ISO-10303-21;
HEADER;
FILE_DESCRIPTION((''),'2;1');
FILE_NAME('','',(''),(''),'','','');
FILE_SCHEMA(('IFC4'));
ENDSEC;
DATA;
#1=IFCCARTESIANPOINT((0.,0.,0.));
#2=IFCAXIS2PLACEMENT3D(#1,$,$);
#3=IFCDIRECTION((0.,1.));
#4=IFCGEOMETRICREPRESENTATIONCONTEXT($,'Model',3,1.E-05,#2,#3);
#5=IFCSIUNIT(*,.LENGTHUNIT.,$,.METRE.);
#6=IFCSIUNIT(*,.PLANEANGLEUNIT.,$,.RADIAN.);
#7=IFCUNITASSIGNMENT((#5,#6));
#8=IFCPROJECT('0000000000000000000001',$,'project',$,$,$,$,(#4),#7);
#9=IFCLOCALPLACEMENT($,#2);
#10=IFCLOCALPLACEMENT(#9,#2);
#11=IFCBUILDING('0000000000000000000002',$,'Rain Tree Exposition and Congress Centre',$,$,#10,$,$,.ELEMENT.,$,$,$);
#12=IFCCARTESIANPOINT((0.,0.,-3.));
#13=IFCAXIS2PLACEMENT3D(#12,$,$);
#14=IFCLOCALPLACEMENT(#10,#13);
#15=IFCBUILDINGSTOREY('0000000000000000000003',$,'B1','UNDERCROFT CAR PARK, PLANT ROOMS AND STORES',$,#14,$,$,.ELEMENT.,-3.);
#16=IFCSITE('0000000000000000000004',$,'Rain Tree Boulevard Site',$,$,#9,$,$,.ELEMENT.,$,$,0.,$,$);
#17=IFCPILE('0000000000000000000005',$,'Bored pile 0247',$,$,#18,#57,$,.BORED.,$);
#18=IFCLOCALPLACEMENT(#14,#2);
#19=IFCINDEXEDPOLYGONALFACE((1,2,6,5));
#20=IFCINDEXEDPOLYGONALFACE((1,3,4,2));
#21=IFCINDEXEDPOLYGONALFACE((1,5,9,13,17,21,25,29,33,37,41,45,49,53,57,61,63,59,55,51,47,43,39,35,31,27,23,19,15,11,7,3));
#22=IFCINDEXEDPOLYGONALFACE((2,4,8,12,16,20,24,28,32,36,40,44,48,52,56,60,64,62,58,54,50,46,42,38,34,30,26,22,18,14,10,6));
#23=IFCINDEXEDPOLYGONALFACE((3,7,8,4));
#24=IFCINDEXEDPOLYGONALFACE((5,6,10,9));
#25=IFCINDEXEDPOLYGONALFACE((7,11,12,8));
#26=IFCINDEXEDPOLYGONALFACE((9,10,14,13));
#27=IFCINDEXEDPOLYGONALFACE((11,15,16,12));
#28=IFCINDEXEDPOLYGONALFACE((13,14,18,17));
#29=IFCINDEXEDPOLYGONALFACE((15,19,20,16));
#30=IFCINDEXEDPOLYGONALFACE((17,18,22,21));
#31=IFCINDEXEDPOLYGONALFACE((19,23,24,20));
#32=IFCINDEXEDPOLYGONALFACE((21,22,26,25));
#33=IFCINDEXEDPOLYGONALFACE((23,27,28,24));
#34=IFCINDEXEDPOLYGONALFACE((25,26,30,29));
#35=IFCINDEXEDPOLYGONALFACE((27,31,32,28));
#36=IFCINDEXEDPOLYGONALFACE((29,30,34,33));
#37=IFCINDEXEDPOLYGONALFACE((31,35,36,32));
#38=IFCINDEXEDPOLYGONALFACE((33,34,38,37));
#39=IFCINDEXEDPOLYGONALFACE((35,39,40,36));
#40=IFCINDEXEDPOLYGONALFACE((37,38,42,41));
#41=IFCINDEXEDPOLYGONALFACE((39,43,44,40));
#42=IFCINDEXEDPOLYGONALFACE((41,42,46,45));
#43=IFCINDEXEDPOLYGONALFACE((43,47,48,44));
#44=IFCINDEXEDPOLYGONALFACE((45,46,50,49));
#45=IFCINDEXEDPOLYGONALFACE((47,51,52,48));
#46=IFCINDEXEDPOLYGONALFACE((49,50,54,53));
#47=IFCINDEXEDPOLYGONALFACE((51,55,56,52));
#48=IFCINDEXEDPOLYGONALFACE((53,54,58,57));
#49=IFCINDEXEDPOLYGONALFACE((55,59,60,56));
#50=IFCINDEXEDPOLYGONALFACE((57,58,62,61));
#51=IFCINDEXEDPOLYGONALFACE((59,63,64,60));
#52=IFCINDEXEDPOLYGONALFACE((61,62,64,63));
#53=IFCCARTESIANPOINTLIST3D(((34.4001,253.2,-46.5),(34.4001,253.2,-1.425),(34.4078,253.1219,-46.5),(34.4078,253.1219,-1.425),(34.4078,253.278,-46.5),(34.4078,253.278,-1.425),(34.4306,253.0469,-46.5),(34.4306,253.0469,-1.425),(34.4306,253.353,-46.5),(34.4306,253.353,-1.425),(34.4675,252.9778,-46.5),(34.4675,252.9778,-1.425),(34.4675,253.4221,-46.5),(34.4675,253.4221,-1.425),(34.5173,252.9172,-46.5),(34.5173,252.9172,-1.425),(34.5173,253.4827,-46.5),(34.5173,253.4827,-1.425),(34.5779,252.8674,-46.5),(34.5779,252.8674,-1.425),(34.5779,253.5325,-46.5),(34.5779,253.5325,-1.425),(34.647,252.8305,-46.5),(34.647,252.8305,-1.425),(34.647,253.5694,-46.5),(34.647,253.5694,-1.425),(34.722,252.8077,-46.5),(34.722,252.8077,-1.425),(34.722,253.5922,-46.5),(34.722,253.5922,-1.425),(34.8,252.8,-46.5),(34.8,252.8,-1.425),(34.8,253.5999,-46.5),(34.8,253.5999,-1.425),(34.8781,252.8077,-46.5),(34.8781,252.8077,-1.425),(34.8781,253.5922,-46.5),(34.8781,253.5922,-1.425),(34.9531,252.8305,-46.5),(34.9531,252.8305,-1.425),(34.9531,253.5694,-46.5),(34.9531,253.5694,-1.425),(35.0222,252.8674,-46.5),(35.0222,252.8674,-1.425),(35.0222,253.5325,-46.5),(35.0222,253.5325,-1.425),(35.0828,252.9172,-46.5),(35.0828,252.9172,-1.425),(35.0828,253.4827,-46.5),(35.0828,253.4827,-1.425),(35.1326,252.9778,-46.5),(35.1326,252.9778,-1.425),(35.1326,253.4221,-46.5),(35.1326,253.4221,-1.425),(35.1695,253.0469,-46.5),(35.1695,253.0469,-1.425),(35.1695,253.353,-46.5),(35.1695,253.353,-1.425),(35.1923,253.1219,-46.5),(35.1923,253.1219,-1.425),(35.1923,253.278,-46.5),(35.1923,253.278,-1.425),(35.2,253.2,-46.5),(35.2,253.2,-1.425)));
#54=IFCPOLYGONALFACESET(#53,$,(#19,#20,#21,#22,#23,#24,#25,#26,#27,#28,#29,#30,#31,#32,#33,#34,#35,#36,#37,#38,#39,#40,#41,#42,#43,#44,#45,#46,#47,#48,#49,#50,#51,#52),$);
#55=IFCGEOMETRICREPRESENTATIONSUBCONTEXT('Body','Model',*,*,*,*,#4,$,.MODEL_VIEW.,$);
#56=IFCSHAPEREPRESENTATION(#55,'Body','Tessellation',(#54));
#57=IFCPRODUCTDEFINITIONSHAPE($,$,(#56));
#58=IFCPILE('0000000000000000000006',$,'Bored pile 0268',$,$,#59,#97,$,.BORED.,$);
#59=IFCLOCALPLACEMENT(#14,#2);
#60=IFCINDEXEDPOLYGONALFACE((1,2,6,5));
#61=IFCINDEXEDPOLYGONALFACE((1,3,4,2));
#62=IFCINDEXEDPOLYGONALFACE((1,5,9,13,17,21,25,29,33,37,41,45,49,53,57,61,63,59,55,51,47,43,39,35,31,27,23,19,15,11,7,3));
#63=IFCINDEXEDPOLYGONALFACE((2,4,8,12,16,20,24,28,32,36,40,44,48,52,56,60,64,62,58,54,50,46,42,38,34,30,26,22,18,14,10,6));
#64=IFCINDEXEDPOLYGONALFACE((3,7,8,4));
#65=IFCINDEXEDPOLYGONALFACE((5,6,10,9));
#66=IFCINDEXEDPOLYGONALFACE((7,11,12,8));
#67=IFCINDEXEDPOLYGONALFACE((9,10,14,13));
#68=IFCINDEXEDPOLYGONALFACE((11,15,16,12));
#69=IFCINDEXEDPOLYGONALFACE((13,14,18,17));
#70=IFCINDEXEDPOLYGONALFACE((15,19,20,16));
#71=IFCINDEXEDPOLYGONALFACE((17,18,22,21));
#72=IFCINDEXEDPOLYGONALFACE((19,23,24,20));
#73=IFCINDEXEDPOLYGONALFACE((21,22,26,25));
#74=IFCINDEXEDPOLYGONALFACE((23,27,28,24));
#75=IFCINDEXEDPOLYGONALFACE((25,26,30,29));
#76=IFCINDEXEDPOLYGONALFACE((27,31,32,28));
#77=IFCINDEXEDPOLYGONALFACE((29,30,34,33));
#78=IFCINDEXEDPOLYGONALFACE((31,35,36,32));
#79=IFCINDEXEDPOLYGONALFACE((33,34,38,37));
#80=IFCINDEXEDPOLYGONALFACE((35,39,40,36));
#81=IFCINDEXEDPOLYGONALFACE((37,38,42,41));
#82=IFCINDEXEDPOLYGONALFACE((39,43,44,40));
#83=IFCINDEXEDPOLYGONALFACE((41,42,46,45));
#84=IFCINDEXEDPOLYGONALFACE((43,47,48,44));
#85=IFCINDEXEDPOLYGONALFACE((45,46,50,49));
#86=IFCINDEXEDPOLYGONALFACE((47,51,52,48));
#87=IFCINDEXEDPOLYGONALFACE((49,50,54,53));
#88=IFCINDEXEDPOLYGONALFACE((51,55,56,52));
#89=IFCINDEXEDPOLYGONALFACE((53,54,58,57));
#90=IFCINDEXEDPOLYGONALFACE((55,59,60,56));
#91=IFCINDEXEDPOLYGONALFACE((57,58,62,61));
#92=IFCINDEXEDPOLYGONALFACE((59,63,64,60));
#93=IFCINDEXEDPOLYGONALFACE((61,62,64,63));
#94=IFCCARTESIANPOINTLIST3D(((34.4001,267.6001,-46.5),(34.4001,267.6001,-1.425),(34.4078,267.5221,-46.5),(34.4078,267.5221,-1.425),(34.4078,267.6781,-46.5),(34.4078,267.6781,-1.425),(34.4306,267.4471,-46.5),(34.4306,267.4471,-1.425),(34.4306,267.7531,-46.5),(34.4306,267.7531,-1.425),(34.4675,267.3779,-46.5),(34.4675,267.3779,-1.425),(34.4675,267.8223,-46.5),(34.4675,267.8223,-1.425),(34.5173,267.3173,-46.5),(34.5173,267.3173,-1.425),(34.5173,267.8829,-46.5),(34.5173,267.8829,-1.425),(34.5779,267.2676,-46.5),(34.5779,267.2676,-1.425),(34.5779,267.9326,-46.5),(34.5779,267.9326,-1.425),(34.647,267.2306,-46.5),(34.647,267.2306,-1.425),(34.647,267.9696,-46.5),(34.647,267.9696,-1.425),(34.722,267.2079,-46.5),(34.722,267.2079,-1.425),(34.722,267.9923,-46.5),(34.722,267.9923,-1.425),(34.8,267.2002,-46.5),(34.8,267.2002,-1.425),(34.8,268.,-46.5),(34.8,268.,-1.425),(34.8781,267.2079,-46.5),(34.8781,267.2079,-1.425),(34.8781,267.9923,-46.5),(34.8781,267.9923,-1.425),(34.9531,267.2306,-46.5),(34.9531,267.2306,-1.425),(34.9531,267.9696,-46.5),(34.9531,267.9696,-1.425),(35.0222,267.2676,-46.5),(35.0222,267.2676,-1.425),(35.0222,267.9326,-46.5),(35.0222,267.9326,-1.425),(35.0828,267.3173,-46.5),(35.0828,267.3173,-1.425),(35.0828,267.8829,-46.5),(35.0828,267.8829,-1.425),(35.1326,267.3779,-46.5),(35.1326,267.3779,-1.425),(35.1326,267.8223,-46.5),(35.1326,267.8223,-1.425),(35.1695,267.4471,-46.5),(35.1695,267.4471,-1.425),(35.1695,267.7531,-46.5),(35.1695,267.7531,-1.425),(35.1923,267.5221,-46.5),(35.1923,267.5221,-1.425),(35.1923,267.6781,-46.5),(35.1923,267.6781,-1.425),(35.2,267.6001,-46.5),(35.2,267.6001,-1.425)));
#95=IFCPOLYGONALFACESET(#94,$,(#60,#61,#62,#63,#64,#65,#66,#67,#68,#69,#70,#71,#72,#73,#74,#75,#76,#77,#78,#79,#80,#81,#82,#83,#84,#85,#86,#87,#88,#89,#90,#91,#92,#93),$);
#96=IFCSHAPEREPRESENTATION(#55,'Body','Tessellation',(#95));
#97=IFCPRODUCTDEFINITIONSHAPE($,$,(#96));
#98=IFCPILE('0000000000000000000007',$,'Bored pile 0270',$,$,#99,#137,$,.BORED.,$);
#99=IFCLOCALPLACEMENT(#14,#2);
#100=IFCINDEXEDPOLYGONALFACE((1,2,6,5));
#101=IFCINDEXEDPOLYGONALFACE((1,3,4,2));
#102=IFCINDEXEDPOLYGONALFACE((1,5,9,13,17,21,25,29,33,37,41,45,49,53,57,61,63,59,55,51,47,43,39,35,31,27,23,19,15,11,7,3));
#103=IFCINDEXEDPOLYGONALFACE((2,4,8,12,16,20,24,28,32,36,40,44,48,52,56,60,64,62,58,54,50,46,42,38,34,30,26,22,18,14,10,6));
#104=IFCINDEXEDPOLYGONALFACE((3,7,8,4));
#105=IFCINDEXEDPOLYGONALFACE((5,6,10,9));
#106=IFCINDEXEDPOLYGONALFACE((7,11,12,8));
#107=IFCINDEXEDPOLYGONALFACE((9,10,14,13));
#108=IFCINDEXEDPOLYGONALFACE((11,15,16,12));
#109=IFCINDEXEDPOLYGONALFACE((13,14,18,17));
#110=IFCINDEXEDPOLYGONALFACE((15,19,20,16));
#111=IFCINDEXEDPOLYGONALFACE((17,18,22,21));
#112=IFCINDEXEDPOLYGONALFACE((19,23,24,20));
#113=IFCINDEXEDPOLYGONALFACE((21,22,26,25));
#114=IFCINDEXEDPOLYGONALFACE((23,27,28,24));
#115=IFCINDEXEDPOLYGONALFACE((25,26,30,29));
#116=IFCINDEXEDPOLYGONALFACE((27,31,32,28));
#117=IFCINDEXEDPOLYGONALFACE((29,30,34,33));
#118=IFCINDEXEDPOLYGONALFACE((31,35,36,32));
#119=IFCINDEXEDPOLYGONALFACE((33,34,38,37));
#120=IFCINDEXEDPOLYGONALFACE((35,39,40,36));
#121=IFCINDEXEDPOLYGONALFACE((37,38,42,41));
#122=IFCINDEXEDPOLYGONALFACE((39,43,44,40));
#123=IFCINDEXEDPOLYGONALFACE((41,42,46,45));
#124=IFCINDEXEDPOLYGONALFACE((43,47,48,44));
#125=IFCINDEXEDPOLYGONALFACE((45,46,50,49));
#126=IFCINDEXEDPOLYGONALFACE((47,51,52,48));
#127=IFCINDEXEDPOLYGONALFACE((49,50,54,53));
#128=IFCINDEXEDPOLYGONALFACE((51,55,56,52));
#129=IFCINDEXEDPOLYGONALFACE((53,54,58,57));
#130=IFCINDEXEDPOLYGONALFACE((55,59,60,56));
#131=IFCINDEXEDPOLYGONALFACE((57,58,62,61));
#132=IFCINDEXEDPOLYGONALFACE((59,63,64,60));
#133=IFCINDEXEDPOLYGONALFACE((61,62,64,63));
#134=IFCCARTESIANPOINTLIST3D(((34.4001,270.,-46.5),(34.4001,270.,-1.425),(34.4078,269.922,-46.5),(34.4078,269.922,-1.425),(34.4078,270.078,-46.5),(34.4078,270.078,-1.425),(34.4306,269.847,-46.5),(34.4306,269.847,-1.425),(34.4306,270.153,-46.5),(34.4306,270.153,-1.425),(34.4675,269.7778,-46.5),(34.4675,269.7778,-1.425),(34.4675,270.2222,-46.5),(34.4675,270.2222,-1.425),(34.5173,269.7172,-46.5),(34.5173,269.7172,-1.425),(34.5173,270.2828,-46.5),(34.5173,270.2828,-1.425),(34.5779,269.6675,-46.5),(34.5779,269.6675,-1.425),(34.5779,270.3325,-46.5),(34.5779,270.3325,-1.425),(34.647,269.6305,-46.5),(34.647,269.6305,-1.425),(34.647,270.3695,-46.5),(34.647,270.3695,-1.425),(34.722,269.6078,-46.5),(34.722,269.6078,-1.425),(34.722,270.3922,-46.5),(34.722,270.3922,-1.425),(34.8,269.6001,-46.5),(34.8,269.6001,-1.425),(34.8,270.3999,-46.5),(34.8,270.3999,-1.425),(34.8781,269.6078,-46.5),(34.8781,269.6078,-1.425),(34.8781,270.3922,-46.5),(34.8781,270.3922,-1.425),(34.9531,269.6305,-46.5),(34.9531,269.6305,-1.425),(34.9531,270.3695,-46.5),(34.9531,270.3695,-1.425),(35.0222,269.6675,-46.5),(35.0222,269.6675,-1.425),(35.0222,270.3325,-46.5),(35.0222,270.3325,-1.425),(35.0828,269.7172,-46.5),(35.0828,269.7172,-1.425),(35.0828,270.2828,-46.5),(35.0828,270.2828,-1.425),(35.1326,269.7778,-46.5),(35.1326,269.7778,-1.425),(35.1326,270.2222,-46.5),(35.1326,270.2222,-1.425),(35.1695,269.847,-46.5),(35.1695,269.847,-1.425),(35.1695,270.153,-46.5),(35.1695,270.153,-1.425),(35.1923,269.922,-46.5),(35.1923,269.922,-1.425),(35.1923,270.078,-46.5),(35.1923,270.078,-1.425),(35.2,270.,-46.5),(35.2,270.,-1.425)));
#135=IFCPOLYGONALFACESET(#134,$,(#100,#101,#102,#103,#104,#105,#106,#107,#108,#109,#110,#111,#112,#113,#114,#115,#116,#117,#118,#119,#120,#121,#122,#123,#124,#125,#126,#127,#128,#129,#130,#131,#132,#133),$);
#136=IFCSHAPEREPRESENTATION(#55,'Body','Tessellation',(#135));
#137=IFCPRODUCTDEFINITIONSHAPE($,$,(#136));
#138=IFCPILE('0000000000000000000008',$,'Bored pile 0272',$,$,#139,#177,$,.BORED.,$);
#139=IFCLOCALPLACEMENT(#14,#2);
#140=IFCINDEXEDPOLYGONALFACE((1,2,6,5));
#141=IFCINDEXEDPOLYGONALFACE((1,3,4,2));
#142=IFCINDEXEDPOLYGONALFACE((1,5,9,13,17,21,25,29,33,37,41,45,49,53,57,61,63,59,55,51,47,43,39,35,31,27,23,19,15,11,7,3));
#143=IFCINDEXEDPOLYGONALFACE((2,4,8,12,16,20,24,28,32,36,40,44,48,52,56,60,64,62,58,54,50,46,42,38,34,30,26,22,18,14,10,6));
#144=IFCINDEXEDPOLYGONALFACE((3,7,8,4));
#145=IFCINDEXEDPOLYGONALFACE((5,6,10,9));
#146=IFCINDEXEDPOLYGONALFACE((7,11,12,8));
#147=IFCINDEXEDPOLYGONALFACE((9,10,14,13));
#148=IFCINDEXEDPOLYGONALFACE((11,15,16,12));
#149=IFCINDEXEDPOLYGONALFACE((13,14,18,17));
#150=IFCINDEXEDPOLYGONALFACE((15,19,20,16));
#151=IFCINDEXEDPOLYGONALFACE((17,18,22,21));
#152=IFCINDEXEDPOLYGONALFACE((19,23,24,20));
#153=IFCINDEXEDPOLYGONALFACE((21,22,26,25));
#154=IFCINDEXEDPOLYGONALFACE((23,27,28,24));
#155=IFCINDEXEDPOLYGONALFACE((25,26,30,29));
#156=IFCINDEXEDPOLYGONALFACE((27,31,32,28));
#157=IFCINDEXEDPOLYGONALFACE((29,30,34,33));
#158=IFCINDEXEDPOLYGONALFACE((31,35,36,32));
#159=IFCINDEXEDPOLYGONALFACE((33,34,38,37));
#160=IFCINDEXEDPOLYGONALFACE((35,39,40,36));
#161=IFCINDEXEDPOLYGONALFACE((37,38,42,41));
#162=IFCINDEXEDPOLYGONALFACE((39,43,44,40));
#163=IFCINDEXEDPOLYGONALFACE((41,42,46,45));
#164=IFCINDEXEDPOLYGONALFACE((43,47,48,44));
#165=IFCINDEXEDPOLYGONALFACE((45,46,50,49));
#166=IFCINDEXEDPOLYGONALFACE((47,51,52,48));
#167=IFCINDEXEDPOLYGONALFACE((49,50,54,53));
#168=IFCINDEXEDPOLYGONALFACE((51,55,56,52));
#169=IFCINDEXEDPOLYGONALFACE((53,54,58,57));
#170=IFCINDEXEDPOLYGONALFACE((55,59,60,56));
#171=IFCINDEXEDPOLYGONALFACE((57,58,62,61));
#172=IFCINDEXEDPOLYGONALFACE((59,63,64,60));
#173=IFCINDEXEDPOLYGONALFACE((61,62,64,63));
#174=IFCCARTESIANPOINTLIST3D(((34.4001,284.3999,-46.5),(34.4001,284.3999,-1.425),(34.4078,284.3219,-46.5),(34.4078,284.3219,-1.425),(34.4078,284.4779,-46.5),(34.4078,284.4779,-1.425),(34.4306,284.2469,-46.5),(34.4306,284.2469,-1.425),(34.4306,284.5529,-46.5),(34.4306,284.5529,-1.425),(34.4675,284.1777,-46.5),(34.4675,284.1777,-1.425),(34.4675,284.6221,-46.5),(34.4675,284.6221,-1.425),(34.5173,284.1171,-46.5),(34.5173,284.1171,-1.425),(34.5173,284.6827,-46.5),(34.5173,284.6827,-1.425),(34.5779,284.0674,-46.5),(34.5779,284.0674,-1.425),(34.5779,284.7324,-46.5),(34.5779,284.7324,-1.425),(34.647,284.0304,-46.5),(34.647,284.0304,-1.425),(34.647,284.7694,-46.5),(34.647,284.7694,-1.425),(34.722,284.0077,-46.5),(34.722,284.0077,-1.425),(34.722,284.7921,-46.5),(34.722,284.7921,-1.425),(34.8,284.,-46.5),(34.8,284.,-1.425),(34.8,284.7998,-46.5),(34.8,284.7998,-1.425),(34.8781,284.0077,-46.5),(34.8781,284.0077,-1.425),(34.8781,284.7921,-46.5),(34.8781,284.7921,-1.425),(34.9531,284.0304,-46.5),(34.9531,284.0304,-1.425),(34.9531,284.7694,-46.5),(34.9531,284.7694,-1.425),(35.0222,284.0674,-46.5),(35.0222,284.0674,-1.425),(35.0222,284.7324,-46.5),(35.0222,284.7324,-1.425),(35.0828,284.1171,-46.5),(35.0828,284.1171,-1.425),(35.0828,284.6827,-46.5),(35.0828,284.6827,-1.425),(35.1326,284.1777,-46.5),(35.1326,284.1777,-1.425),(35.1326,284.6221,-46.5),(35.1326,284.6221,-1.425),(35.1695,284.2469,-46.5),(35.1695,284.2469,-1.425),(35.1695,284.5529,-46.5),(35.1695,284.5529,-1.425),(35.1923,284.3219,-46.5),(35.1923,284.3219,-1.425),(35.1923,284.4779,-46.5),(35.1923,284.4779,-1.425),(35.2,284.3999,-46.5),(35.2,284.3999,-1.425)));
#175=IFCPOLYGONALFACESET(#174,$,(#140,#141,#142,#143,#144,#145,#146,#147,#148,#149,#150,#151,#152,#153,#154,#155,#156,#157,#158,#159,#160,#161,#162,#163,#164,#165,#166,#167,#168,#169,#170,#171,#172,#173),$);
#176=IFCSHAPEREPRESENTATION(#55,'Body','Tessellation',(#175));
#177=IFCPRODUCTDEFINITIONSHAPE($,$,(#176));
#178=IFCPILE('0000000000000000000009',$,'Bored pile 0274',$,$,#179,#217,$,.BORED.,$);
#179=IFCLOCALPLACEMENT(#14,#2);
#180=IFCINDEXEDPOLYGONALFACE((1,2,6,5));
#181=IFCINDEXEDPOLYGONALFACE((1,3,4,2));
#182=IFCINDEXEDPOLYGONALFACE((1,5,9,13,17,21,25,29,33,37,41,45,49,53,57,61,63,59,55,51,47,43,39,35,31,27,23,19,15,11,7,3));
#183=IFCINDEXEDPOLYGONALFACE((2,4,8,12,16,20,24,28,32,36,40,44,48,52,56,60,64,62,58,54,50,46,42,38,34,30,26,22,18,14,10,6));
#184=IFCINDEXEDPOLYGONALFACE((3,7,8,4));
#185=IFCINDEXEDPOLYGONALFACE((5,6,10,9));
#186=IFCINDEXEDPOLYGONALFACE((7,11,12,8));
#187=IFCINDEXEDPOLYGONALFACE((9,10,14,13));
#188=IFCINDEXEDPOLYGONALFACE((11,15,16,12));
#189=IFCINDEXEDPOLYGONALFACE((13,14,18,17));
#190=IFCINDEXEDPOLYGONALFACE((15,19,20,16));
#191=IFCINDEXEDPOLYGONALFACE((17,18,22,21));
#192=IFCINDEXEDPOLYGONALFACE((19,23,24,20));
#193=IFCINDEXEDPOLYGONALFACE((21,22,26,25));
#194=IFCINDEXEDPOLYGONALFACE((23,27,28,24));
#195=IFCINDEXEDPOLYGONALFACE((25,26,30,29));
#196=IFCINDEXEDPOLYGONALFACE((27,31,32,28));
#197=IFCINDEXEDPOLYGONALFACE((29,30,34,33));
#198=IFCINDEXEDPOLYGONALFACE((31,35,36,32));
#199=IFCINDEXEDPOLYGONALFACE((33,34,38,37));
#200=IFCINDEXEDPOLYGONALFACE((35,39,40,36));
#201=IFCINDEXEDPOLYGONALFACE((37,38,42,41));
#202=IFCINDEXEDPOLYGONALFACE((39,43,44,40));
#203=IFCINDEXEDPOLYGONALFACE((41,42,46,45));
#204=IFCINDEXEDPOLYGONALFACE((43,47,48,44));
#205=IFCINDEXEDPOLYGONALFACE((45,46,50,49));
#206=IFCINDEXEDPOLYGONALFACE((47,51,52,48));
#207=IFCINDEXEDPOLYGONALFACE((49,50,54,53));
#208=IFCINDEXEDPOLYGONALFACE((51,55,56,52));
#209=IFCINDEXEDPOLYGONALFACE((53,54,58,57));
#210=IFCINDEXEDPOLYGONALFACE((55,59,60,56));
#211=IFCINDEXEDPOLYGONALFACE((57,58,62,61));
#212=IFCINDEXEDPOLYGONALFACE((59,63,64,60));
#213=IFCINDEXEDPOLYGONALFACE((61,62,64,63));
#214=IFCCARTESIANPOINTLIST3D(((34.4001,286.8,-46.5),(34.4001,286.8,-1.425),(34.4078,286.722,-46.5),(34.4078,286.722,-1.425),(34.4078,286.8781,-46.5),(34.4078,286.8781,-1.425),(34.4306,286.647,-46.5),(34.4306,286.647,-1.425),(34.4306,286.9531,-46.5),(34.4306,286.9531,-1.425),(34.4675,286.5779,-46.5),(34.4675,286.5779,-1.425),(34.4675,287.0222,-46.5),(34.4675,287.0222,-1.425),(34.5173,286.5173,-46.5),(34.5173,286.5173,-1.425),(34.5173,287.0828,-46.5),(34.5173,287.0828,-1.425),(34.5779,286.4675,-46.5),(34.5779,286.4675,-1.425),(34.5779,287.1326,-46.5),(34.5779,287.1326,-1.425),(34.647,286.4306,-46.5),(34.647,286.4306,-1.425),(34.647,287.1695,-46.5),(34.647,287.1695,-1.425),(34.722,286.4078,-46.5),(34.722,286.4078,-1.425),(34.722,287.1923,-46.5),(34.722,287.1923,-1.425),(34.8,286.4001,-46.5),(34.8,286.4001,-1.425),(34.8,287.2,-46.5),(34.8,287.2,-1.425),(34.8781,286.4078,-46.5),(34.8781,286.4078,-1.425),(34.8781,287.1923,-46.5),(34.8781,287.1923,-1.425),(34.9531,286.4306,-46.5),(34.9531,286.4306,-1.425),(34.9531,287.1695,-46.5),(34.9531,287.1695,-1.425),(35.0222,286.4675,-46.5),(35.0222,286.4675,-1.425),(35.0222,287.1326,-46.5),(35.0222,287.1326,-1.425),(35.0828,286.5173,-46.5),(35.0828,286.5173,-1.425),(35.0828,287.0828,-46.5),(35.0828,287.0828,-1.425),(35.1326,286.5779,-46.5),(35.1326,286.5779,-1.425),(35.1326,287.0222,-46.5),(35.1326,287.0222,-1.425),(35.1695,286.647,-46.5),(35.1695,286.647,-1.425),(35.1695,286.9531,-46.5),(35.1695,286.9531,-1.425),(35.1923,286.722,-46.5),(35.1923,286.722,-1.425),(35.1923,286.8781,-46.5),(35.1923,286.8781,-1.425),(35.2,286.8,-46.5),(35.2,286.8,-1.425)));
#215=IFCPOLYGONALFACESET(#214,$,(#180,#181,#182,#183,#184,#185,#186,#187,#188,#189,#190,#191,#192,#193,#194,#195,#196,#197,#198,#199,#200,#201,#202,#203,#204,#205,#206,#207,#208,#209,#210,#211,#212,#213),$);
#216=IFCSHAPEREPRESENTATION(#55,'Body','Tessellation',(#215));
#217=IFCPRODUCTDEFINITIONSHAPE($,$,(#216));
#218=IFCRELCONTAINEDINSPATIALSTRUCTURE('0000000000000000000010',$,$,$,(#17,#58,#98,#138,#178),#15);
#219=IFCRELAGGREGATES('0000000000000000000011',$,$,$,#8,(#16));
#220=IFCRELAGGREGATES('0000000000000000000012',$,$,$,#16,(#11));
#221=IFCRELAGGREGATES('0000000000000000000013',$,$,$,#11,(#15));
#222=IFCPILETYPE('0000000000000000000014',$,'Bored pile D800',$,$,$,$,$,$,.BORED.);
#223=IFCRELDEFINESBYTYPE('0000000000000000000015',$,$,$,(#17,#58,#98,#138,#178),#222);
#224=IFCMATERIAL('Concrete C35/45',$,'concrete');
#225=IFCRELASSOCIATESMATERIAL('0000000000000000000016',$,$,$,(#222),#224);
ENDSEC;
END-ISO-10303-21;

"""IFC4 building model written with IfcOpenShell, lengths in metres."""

from ifc_helpers import new_model, si_unit, direction, frame, origin, origin_2d, place, context, subcontext, project, spatial, circle, extrude, material, material_profile, profile_set, type_object, element, save


model = new_model("IFC4")

# Units and contexts
model_context = context("Model", 3, precision=1e-05, world=origin(), true_north=direction((0.0, 1.0)))
body_context = subcontext(model_context, "Body", "Model", "MODEL_VIEW")
ifc_project = project(units=[si_unit("LENGTHUNIT", "METRE"), si_unit("PLANEANGLEUNIT", "RADIAN")], contexts=[model_context])

# Site, building, storey
site_placement = place(None, origin())
site = spatial("IfcSite", under=ifc_project, at=site_placement, Name="Rain Tree Boulevard Site", CompositionType="ELEMENT", RefElevation=0.0)
building_placement = place(site_placement, origin())
building = spatial("IfcBuilding", under=site, at=building_placement, Name="Rain Tree Exposition and Congress Centre", CompositionType="ELEMENT")
storey_placement = place(building_placement, frame((0.0, 0.0, -3.0)))
storey = spatial("IfcBuildingStorey", under=building, at=storey_placement, Name="B1", Description="UNDERCROFT CAR PARK, PLANT ROOMS AND STORES", CompositionType="ELEMENT", Elevation=-3.0)

# Piles
ifc_material_1 = material(Name="Concrete C35/45", Category="concrete")
ifc_material_profile_1 = material_profile(ifc_material_1, circle(Radius=0.3999, at=origin_2d()), Name="D800")
ifc_profile_set_1 = profile_set([ifc_material_profile_1], Name="Concrete C35/45")
pile_type_1 = type_object("IfcPileType", Name="Bored pile D800", PredefinedType="BORED", material=ifc_profile_set_1)
for number, where, z_axis, x_axis, name in (
    (1, (34.8, 253.2, -1.425), (0.0, 0.0, -1.0), (1.0, 0.0, 0.0), "Bored pile 0247"),
    (2, (34.8, 267.6001, -1.425), (0.0, 0.0, -1.0), (1.0, 0.0, 0.0), "Bored pile 0268"),
    (3, (34.8, 270.0, -1.425), (0.0, 0.0, -1.0), (1.0, 0.0, 0.0), "Bored pile 0270"),
    (4, (34.8, 284.3999, -1.425), (0.0, 0.0, -1.0), (1.0, 0.0, 0.0), "Bored pile 0272"),
    (5, (34.8, 286.8, -1.425), (0.0, 0.0, -1.0), (1.0, 0.0, 0.0), "Bored pile 0274"),
):
    element("IfcPile", number, at=place(storey_placement, frame(where, z_axis=z_axis, x_axis=x_axis)), inside=storey, type_object=pile_type_1, Name=name, PredefinedType="BORED", context=body_context, shape_type="SweptSolid", body=[
        extrude(circle(Radius=0.3999, at=origin_2d()), origin(), (0.0, 0.0, 1.0), 45.075),
    ])

save(model, "model.ifc")
